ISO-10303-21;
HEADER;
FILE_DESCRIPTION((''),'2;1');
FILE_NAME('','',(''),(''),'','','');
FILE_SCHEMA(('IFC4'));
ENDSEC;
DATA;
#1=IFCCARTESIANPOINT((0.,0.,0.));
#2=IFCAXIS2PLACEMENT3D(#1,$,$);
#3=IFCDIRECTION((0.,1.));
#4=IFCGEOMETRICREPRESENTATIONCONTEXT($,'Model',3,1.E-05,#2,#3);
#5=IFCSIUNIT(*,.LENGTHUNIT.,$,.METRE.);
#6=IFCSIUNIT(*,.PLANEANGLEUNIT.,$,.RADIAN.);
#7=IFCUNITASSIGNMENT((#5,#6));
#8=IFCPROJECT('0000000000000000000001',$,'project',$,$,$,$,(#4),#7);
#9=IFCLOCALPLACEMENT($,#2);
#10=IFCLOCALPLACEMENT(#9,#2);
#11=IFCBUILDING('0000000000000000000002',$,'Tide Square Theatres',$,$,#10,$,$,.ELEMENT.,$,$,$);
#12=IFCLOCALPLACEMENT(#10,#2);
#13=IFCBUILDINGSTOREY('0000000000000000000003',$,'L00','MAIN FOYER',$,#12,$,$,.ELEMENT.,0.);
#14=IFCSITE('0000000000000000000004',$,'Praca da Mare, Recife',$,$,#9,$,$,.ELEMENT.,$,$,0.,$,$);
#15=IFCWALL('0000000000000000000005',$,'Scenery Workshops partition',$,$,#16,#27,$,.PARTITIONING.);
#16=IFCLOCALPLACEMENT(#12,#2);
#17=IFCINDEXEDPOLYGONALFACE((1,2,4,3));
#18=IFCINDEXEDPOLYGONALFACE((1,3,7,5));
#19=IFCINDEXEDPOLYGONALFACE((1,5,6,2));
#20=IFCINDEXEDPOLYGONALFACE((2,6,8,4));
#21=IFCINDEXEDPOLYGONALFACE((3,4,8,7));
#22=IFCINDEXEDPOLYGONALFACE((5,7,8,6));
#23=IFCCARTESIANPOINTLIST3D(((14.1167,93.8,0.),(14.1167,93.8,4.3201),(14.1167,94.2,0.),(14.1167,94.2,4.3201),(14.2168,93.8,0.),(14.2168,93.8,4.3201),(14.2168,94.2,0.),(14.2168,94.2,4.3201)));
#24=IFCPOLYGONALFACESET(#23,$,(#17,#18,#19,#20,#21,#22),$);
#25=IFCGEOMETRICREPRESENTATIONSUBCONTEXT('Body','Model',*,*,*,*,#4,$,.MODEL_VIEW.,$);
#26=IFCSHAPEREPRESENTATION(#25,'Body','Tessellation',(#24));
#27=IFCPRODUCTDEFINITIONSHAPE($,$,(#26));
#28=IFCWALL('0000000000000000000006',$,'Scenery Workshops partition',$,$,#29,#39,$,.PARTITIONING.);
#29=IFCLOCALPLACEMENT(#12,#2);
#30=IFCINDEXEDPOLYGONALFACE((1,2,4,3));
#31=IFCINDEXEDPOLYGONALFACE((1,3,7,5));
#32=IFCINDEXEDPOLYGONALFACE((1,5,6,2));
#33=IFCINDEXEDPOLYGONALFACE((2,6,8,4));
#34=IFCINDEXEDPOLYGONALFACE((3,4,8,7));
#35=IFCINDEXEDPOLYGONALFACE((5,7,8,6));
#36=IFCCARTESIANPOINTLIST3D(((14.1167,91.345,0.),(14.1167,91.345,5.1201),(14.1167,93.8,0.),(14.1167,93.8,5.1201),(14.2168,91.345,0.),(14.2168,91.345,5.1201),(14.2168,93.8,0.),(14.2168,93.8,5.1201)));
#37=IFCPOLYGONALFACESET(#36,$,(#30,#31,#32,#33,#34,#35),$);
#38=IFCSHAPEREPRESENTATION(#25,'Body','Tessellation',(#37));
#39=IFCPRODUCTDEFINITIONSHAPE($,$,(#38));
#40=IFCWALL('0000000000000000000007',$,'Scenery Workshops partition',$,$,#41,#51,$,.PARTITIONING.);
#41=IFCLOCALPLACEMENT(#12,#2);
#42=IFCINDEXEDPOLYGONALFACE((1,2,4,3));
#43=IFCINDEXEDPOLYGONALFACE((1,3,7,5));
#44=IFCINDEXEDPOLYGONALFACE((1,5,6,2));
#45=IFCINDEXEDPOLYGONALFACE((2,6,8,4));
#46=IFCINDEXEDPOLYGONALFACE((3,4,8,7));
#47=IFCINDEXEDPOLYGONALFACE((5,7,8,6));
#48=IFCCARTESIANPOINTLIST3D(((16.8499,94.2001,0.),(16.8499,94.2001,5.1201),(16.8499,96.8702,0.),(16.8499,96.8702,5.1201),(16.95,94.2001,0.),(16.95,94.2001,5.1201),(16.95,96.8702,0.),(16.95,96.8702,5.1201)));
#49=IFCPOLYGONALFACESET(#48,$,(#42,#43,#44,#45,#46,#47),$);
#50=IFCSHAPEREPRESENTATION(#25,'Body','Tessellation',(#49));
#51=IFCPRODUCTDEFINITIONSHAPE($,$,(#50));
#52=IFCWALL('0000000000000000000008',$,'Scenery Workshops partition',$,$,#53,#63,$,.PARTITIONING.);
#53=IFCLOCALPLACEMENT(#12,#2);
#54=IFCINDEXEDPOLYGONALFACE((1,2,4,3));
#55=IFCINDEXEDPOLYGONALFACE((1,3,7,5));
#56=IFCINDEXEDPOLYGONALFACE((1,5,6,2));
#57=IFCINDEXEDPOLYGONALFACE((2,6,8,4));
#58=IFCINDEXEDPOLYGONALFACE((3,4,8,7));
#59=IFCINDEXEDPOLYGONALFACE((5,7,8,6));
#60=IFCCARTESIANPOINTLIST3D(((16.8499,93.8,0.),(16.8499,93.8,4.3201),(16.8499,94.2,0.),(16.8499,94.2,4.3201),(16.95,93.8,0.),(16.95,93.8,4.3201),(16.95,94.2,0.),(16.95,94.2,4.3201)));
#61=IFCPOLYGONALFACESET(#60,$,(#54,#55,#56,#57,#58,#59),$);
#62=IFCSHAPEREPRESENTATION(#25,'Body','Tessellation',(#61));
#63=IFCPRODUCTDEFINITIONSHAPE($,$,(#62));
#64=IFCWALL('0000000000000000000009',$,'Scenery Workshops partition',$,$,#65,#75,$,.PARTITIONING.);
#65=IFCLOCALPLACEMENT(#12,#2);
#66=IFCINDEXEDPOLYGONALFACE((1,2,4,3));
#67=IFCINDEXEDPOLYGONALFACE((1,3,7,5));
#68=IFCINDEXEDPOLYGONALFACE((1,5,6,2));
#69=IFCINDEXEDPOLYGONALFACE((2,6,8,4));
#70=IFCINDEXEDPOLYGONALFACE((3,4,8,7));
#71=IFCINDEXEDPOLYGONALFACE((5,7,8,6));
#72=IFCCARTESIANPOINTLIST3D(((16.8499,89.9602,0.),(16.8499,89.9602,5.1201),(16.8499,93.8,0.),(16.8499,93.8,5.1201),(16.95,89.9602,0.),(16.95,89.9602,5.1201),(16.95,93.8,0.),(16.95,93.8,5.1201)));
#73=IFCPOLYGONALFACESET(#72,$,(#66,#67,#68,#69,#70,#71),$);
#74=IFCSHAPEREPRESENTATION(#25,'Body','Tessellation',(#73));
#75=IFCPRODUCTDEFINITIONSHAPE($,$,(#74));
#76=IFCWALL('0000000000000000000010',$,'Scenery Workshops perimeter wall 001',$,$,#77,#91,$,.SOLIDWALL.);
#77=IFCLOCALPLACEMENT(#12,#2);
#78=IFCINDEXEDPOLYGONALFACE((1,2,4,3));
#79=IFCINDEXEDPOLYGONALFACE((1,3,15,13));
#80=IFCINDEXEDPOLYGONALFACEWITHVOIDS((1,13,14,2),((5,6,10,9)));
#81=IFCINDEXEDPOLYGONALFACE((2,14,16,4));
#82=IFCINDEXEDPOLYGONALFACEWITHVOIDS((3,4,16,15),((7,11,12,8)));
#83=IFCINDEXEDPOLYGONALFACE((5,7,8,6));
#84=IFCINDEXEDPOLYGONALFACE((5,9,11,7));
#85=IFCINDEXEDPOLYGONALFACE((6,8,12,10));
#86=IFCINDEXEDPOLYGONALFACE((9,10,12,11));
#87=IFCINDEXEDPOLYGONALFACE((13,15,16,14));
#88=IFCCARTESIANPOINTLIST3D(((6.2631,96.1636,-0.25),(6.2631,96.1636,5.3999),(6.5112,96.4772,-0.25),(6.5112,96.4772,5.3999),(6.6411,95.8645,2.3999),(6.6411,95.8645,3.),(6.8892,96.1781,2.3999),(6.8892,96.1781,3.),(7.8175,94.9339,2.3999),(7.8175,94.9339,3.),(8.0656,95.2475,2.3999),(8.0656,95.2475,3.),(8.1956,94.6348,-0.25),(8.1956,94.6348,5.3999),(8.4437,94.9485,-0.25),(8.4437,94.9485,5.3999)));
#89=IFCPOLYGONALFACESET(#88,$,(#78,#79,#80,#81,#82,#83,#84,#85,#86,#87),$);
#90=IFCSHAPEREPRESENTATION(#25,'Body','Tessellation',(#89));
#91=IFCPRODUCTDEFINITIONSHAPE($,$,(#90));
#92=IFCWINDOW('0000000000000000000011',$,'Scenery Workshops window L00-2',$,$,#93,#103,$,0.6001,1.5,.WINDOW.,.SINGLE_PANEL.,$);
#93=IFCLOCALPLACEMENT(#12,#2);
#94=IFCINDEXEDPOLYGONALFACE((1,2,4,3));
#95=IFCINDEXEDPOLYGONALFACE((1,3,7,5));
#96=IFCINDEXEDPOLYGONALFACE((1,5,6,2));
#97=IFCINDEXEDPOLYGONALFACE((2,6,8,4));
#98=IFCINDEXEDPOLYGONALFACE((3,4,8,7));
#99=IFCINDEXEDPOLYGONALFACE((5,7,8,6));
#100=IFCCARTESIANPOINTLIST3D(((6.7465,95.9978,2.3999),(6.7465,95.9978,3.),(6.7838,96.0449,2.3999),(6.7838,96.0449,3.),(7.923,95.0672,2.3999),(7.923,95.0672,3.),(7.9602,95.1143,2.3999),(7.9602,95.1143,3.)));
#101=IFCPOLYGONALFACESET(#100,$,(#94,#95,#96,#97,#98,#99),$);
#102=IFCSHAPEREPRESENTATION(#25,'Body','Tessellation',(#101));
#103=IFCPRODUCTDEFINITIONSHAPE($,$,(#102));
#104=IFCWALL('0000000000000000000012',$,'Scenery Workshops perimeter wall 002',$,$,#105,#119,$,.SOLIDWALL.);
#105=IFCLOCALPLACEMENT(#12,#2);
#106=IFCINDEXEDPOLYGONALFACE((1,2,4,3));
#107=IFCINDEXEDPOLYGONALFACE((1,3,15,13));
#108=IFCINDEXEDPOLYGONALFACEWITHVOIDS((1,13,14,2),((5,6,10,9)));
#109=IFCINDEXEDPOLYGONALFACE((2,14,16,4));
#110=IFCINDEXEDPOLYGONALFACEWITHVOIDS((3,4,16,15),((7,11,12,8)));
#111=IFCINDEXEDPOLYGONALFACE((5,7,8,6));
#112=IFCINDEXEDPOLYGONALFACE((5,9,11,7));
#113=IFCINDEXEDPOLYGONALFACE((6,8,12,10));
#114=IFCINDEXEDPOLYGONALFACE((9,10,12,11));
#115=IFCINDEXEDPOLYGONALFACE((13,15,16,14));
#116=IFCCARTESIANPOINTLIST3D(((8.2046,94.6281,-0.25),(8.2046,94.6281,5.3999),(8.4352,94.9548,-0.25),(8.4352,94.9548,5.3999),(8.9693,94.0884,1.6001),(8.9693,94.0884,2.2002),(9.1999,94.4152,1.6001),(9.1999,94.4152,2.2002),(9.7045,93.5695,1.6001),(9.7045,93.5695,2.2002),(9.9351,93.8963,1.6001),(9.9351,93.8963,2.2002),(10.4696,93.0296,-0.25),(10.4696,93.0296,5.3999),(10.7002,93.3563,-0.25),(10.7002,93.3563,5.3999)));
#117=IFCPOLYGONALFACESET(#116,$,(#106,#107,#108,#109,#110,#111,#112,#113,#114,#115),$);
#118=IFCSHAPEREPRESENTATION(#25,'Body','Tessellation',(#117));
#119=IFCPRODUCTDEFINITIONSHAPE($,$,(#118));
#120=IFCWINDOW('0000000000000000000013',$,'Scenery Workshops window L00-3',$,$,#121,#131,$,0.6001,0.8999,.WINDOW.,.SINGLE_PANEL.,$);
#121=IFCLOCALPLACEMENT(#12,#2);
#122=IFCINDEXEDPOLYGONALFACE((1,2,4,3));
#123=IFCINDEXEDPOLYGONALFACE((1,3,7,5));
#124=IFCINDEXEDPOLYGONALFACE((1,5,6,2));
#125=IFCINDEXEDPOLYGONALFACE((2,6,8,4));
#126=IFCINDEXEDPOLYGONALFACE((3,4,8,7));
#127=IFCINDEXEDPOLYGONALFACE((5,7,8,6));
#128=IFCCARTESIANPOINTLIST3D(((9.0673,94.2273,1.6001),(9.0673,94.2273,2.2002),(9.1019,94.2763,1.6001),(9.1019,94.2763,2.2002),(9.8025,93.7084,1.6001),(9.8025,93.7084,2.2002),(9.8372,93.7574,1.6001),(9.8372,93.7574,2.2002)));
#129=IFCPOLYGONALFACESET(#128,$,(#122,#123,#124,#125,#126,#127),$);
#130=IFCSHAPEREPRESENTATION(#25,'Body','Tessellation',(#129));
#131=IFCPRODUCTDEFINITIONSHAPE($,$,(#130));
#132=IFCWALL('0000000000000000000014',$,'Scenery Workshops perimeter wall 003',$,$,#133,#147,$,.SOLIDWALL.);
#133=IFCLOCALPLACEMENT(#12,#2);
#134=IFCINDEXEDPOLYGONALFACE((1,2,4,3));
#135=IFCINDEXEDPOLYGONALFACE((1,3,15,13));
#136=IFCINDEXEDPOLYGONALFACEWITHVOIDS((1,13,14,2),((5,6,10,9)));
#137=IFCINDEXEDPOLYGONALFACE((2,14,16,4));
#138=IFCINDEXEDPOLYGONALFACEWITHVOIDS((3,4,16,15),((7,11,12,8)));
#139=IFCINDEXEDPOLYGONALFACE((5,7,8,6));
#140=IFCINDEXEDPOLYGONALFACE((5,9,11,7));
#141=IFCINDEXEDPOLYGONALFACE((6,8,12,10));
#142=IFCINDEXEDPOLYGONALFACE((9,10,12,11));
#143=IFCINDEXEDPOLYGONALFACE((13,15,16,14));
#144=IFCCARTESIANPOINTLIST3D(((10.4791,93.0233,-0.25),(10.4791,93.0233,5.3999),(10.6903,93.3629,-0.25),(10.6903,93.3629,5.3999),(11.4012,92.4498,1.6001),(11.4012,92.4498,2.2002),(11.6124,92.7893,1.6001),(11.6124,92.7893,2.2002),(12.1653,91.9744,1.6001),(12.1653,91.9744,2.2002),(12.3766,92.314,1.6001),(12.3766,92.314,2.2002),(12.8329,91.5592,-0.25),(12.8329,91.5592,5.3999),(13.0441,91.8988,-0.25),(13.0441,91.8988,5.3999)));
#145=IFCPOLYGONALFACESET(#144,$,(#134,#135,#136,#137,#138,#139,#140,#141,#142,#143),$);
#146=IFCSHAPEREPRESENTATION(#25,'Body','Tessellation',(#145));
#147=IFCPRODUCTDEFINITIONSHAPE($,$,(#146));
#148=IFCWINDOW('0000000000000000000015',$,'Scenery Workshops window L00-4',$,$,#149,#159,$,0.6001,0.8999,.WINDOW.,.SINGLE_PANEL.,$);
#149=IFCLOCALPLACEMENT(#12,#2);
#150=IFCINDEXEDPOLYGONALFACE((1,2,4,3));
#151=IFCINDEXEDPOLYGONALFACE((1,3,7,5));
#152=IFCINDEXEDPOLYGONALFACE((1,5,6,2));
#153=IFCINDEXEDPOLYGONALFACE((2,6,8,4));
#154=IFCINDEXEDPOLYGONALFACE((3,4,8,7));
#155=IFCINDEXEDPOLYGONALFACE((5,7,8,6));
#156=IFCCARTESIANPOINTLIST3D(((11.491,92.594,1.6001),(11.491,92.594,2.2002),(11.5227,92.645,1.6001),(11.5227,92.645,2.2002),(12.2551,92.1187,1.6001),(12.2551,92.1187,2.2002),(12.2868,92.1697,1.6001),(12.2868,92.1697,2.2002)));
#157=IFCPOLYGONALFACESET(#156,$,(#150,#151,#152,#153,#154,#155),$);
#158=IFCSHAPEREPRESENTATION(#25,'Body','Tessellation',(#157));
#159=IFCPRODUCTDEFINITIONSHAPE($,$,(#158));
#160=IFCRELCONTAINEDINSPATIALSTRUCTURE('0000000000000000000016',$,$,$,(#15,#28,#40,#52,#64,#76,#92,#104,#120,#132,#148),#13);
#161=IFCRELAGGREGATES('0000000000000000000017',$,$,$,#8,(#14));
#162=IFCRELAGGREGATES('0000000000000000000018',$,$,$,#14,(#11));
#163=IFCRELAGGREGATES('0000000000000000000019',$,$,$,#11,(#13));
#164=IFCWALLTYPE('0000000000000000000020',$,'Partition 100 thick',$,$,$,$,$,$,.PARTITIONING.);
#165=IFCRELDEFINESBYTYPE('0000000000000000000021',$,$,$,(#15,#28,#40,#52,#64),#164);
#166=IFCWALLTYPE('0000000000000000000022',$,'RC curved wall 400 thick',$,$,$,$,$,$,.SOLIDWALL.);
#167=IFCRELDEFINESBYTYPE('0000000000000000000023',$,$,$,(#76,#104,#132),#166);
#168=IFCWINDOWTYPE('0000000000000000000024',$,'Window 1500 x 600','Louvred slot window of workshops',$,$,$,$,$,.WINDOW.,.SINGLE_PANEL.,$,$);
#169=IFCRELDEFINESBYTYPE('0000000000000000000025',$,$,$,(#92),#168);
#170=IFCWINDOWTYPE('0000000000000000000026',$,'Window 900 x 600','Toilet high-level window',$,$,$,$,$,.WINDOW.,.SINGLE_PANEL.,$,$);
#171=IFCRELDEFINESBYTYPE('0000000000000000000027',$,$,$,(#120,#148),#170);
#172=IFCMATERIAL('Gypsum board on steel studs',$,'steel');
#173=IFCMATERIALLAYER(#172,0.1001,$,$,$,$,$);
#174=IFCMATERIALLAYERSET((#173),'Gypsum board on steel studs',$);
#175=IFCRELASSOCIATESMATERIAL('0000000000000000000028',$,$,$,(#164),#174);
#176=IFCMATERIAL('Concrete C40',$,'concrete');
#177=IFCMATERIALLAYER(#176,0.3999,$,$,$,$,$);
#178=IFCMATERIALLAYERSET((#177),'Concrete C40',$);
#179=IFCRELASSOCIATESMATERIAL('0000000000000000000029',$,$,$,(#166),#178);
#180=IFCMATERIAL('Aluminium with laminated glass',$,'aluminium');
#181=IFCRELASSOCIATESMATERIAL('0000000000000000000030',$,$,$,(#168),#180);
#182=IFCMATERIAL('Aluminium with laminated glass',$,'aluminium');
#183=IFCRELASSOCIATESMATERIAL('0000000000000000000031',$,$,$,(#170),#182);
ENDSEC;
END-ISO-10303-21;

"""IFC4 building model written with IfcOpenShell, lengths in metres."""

from ifc_helpers import new_model, si_unit, direction, frame, frame_2d, origin, place, context, subcontext, project, spatial, rectangle, extrude, material, layer, layer_set, type_object, element, fill, save


model = new_model("IFC4")

# Units and contexts
model_context = context("Model", 3, precision=1e-05, world=origin(), true_north=direction((0.0, 1.0)))
body_context = subcontext(model_context, "Body", "Model", "MODEL_VIEW")
ifc_project = project(units=[si_unit("LENGTHUNIT", "METRE"), si_unit("PLANEANGLEUNIT", "RADIAN")], contexts=[model_context])

# Site, building, storey
site_placement = place(None, origin())
site = spatial("IfcSite", under=ifc_project, at=site_placement, Name="Praca da Mare, Recife", CompositionType="ELEMENT", RefElevation=0.0)
building_placement = place(site_placement, origin())
building = spatial("IfcBuilding", under=site, at=building_placement, Name="Tide Square Theatres", CompositionType="ELEMENT")
storey_placement = place(building_placement, origin())
storey = spatial("IfcBuildingStorey", under=building, at=storey_placement, Name="L00", Description="MAIN FOYER", CompositionType="ELEMENT", Elevation=0.0)

# Shared definitions
ifc_material_1 = material(Name="Gypsum board on steel studs", Category="steel")
ifc_layer_1 = layer(ifc_material_1, 0.1001)
ifc_layer_set_1 = layer_set([ifc_layer_1], Name="Gypsum board on steel studs")
wall_type_1 = type_object("IfcWallType", Name="Partition 100 thick", PredefinedType="PARTITIONING", material=ifc_layer_set_1)

# Walls
wall_1_placement = place(storey_placement, frame((14.1667, 94.2, 0.0), z_axis=(0.0, 0.0, 1.0), x_axis=(0.0, -1.0, 0.0)))
element("IfcWall", 1, at=wall_1_placement, inside=storey, type_object=wall_type_1, Name="Scenery Workshops partition", PredefinedType="PARTITIONING", context=body_context, shape_type="SweptSolid", body=[
    extrude(rectangle(XDim=0.3999, YDim=0.1001, at=frame_2d((0.2, 0.0))), origin(), (0.0, 0.0, 1.0), 4.3201),
])
wall_2_placement = place(storey_placement, frame((14.1667, 93.8, 0.0), z_axis=(0.0, 0.0, 1.0), x_axis=(0.0, -1.0, 0.0)))
element("IfcWall", 2, at=wall_2_placement, inside=storey, type_object=wall_type_1, Name="Scenery Workshops partition", PredefinedType="PARTITIONING", context=body_context, shape_type="SweptSolid", body=[
    extrude(rectangle(XDim=2.4551, YDim=0.1001, at=frame_2d((1.2275, 0.0))), origin(), (0.0, 0.0, 1.0), 5.1201),
])
wall_3_placement = place(storey_placement, frame((16.8999, 96.8701, 0.0), z_axis=(0.0, 0.0, 1.0), x_axis=(0.0, -1.0, 0.0)))
element("IfcWall", 3, at=wall_3_placement, inside=storey, type_object=wall_type_1, Name="Scenery Workshops partition", PredefinedType="PARTITIONING", context=body_context, shape_type="SweptSolid", body=[
    extrude(rectangle(XDim=2.6702, YDim=0.1001, at=frame_2d((1.335, 0.0))), origin(), (0.0, 0.0, 1.0), 5.1201),
])
wall_4_placement = place(storey_placement, frame((16.8999, 94.2, 0.0), z_axis=(0.0, 0.0, 1.0), x_axis=(0.0, -1.0, 0.0)))
element("IfcWall", 4, at=wall_4_placement, inside=storey, type_object=wall_type_1, Name="Scenery Workshops partition", PredefinedType="PARTITIONING", context=body_context, shape_type="SweptSolid", body=[
    extrude(rectangle(XDim=0.3999, YDim=0.1001, at=frame_2d((0.2, 0.0))), origin(), (0.0, 0.0, 1.0), 4.3201),
])
wall_5_placement = place(storey_placement, frame((16.8999, 93.8, 0.0), z_axis=(0.0, 0.0, 1.0), x_axis=(0.0, -1.0, 0.0)))
element("IfcWall", 5, at=wall_5_placement, inside=storey, type_object=wall_type_1, Name="Scenery Workshops partition", PredefinedType="PARTITIONING", context=body_context, shape_type="SweptSolid", body=[
    extrude(rectangle(XDim=3.8398, YDim=0.1001, at=frame_2d((1.9199, 0.0))), origin(), (0.0, 0.0, 1.0), 5.1201),
])

# Walls, openings, windows
ifc_material_2 = material(Name="Concrete C40", Category="concrete")
ifc_layer_2 = layer(ifc_material_2, 0.3999)
ifc_layer_set_2 = layer_set([ifc_layer_2], Name="Concrete C40")
wall_type_2 = type_object("IfcWallType", Name="RC curved wall 400 thick", PredefinedType="SOLIDWALL", material=ifc_layer_set_2)
wall_6_placement = place(storey_placement, frame((6.3872, 96.3203, -0.25), z_axis=(0.0, 0.0, 1.0), x_axis=(0.784279, -0.620409, 0.0)))
wall_6 = element("IfcWall", 6, at=wall_6_placement, inside=storey, type_object=wall_type_2, Name="Scenery Workshops perimeter wall 001", PredefinedType="SOLIDWALL", context=body_context, shape_type="SweptSolid", body=[
    extrude(rectangle(XDim=2.4641, YDim=0.3999, at=frame_2d((1.2319, 0.0))), origin(), (0.0, 0.0, 1.0), 5.6499),
])
opening_1_placement = place(wall_6_placement, frame((0.4819, 0.0, 2.6499)))
opening_1 = element("IfcOpeningElement", 7, at=opening_1_placement, cuts=wall_6, PredefinedType="OPENING", context=body_context, shape_type="SweptSolid", body=[
    extrude(rectangle(XDim=1.5, YDim=0.6001, at=frame_2d((0.75, 0.3))), frame((0.0, 0.21, 0.0), z_axis=(0.0, -1.0, 0.0), x_axis=(1.0, 0.0, 0.0)), (0.0, 0.0, 1.0), 0.4199),
])
ifc_material_3 = material(Name="Aluminium with laminated glass", Category="aluminium")
window_type_1 = type_object("IfcWindowType", Name="Window 1500 x 600", Description="Louvred slot window of workshops", PartitioningType="SINGLE_PANEL", PredefinedType="WINDOW", material=ifc_material_3)
window_1_placement = place(opening_1_placement, origin())
window_1 = element("IfcWindow", 8, at=window_1_placement, inside=storey, type_object=window_type_1, Name="Scenery Workshops window L00-2", OverallHeight=0.6001, OverallWidth=1.5, PartitioningType="SINGLE_PANEL", PredefinedType="WINDOW", context=body_context, shape_type="SweptSolid", body=[
    extrude(rectangle(XDim=1.5, YDim=0.6001, at=frame_2d((0.75, 0.3))), frame((0.0, 0.03, 0.0), z_axis=(0.0, -1.0, 0.0), x_axis=(1.0, 0.0, 0.0)), (0.0, 0.0, 1.0), 0.0601),
])
fill(opening_1, window_1)
wall_7_placement = place(storey_placement, frame((8.3198, 94.7915, -0.25), z_axis=(0.0, 0.0, 1.0), x_axis=(0.817029, -0.576597, 0.0)))
wall_7 = element("IfcWall", 9, at=wall_7_placement, inside=storey, type_object=wall_type_2, Name="Scenery Workshops perimeter wall 002", PredefinedType="SOLIDWALL", context=body_context, shape_type="SweptSolid", body=[
    extrude(rectangle(XDim=2.7722, YDim=0.3999, at=frame_2d((1.3862, 0.0))), origin(), (0.0, 0.0, 1.0), 5.6499),
])
opening_2_placement = place(wall_7_placement, frame((0.936, 0.0, 1.8501)))
opening_2 = element("IfcOpeningElement", 10, at=opening_2_placement, cuts=wall_7, PredefinedType="OPENING", context=body_context, shape_type="SweptSolid", body=[
    extrude(rectangle(XDim=0.8999, YDim=0.6001, at=frame_2d((0.45, 0.3))), frame((0.0, 0.21, 0.0), z_axis=(0.0, -1.0, 0.0), x_axis=(1.0, 0.0, 0.0)), (0.0, 0.0, 1.0), 0.4199),
])
ifc_material_4 = material(Name="Aluminium with laminated glass", Category="aluminium")
window_type_2 = type_object("IfcWindowType", Name="Window 900 x 600", Description="Toilet high-level window", PartitioningType="SINGLE_PANEL", PredefinedType="WINDOW", material=ifc_material_4)
window_2_placement = place(opening_2_placement, origin())
window_2 = element("IfcWindow", 11, at=window_2_placement, inside=storey, type_object=window_type_2, Name="Scenery Workshops window L00-3", OverallHeight=0.6001, OverallWidth=0.8999, PartitioningType="SINGLE_PANEL", PredefinedType="WINDOW", context=body_context, shape_type="SweptSolid", body=[
    extrude(rectangle(XDim=0.8999, YDim=0.6001, at=frame_2d((0.45, 0.3))), frame((0.0, 0.03, 0.0), z_axis=(0.0, -1.0, 0.0), x_axis=(1.0, 0.0, 0.0)), (0.0, 0.0, 1.0), 0.0601),
])
fill(opening_2, window_2)
wall_8_placement = place(storey_placement, frame((10.5847, 93.1931, -0.25), z_axis=(0.0, 0.0, 1.0), x_axis=(0.849129, -0.528185, 0.0)))
wall_8 = element("IfcWall", 12, at=wall_8_placement, inside=storey, type_object=wall_type_2, Name="Scenery Workshops perimeter wall 003", PredefinedType="SOLIDWALL", context=body_context, shape_type="SweptSolid", body=[
    extrude(rectangle(XDim=2.772, YDim=0.3999, at=frame_2d((1.386, 0.0))), origin(), (0.0, 0.0, 1.0), 5.6499),
])
opening_3_placement = place(wall_8_placement, frame((1.0859, 0.0, 1.8501)))
opening_3 = element("IfcOpeningElement", 13, at=opening_3_placement, cuts=wall_8, PredefinedType="OPENING", context=body_context, shape_type="SweptSolid", body=[
    extrude(rectangle(XDim=0.8999, YDim=0.6001, at=frame_2d((0.45, 0.3))), frame((0.0, 0.21, 0.0), z_axis=(0.0, -1.0, 0.0), x_axis=(1.0, 0.0, 0.0)), (0.0, 0.0, 1.0), 0.4199),
])
window_3_placement = place(opening_3_placement, origin())
window_3 = element("IfcWindow", 14, at=window_3_placement, inside=storey, type_object=window_type_2, Name="Scenery Workshops window L00-4", OverallHeight=0.6001, OverallWidth=0.8999, PartitioningType="SINGLE_PANEL", PredefinedType="WINDOW", context=body_context, shape_type="SweptSolid", body=[
    extrude(rectangle(XDim=0.8999, YDim=0.6001, at=frame_2d((0.45, 0.3))), frame((0.0, 0.03, 0.0), z_axis=(0.0, -1.0, 0.0), x_axis=(1.0, 0.0, 0.0)), (0.0, 0.0, 1.0), 0.0601),
])
fill(opening_3, window_3)

save(model, "model.ifc")
